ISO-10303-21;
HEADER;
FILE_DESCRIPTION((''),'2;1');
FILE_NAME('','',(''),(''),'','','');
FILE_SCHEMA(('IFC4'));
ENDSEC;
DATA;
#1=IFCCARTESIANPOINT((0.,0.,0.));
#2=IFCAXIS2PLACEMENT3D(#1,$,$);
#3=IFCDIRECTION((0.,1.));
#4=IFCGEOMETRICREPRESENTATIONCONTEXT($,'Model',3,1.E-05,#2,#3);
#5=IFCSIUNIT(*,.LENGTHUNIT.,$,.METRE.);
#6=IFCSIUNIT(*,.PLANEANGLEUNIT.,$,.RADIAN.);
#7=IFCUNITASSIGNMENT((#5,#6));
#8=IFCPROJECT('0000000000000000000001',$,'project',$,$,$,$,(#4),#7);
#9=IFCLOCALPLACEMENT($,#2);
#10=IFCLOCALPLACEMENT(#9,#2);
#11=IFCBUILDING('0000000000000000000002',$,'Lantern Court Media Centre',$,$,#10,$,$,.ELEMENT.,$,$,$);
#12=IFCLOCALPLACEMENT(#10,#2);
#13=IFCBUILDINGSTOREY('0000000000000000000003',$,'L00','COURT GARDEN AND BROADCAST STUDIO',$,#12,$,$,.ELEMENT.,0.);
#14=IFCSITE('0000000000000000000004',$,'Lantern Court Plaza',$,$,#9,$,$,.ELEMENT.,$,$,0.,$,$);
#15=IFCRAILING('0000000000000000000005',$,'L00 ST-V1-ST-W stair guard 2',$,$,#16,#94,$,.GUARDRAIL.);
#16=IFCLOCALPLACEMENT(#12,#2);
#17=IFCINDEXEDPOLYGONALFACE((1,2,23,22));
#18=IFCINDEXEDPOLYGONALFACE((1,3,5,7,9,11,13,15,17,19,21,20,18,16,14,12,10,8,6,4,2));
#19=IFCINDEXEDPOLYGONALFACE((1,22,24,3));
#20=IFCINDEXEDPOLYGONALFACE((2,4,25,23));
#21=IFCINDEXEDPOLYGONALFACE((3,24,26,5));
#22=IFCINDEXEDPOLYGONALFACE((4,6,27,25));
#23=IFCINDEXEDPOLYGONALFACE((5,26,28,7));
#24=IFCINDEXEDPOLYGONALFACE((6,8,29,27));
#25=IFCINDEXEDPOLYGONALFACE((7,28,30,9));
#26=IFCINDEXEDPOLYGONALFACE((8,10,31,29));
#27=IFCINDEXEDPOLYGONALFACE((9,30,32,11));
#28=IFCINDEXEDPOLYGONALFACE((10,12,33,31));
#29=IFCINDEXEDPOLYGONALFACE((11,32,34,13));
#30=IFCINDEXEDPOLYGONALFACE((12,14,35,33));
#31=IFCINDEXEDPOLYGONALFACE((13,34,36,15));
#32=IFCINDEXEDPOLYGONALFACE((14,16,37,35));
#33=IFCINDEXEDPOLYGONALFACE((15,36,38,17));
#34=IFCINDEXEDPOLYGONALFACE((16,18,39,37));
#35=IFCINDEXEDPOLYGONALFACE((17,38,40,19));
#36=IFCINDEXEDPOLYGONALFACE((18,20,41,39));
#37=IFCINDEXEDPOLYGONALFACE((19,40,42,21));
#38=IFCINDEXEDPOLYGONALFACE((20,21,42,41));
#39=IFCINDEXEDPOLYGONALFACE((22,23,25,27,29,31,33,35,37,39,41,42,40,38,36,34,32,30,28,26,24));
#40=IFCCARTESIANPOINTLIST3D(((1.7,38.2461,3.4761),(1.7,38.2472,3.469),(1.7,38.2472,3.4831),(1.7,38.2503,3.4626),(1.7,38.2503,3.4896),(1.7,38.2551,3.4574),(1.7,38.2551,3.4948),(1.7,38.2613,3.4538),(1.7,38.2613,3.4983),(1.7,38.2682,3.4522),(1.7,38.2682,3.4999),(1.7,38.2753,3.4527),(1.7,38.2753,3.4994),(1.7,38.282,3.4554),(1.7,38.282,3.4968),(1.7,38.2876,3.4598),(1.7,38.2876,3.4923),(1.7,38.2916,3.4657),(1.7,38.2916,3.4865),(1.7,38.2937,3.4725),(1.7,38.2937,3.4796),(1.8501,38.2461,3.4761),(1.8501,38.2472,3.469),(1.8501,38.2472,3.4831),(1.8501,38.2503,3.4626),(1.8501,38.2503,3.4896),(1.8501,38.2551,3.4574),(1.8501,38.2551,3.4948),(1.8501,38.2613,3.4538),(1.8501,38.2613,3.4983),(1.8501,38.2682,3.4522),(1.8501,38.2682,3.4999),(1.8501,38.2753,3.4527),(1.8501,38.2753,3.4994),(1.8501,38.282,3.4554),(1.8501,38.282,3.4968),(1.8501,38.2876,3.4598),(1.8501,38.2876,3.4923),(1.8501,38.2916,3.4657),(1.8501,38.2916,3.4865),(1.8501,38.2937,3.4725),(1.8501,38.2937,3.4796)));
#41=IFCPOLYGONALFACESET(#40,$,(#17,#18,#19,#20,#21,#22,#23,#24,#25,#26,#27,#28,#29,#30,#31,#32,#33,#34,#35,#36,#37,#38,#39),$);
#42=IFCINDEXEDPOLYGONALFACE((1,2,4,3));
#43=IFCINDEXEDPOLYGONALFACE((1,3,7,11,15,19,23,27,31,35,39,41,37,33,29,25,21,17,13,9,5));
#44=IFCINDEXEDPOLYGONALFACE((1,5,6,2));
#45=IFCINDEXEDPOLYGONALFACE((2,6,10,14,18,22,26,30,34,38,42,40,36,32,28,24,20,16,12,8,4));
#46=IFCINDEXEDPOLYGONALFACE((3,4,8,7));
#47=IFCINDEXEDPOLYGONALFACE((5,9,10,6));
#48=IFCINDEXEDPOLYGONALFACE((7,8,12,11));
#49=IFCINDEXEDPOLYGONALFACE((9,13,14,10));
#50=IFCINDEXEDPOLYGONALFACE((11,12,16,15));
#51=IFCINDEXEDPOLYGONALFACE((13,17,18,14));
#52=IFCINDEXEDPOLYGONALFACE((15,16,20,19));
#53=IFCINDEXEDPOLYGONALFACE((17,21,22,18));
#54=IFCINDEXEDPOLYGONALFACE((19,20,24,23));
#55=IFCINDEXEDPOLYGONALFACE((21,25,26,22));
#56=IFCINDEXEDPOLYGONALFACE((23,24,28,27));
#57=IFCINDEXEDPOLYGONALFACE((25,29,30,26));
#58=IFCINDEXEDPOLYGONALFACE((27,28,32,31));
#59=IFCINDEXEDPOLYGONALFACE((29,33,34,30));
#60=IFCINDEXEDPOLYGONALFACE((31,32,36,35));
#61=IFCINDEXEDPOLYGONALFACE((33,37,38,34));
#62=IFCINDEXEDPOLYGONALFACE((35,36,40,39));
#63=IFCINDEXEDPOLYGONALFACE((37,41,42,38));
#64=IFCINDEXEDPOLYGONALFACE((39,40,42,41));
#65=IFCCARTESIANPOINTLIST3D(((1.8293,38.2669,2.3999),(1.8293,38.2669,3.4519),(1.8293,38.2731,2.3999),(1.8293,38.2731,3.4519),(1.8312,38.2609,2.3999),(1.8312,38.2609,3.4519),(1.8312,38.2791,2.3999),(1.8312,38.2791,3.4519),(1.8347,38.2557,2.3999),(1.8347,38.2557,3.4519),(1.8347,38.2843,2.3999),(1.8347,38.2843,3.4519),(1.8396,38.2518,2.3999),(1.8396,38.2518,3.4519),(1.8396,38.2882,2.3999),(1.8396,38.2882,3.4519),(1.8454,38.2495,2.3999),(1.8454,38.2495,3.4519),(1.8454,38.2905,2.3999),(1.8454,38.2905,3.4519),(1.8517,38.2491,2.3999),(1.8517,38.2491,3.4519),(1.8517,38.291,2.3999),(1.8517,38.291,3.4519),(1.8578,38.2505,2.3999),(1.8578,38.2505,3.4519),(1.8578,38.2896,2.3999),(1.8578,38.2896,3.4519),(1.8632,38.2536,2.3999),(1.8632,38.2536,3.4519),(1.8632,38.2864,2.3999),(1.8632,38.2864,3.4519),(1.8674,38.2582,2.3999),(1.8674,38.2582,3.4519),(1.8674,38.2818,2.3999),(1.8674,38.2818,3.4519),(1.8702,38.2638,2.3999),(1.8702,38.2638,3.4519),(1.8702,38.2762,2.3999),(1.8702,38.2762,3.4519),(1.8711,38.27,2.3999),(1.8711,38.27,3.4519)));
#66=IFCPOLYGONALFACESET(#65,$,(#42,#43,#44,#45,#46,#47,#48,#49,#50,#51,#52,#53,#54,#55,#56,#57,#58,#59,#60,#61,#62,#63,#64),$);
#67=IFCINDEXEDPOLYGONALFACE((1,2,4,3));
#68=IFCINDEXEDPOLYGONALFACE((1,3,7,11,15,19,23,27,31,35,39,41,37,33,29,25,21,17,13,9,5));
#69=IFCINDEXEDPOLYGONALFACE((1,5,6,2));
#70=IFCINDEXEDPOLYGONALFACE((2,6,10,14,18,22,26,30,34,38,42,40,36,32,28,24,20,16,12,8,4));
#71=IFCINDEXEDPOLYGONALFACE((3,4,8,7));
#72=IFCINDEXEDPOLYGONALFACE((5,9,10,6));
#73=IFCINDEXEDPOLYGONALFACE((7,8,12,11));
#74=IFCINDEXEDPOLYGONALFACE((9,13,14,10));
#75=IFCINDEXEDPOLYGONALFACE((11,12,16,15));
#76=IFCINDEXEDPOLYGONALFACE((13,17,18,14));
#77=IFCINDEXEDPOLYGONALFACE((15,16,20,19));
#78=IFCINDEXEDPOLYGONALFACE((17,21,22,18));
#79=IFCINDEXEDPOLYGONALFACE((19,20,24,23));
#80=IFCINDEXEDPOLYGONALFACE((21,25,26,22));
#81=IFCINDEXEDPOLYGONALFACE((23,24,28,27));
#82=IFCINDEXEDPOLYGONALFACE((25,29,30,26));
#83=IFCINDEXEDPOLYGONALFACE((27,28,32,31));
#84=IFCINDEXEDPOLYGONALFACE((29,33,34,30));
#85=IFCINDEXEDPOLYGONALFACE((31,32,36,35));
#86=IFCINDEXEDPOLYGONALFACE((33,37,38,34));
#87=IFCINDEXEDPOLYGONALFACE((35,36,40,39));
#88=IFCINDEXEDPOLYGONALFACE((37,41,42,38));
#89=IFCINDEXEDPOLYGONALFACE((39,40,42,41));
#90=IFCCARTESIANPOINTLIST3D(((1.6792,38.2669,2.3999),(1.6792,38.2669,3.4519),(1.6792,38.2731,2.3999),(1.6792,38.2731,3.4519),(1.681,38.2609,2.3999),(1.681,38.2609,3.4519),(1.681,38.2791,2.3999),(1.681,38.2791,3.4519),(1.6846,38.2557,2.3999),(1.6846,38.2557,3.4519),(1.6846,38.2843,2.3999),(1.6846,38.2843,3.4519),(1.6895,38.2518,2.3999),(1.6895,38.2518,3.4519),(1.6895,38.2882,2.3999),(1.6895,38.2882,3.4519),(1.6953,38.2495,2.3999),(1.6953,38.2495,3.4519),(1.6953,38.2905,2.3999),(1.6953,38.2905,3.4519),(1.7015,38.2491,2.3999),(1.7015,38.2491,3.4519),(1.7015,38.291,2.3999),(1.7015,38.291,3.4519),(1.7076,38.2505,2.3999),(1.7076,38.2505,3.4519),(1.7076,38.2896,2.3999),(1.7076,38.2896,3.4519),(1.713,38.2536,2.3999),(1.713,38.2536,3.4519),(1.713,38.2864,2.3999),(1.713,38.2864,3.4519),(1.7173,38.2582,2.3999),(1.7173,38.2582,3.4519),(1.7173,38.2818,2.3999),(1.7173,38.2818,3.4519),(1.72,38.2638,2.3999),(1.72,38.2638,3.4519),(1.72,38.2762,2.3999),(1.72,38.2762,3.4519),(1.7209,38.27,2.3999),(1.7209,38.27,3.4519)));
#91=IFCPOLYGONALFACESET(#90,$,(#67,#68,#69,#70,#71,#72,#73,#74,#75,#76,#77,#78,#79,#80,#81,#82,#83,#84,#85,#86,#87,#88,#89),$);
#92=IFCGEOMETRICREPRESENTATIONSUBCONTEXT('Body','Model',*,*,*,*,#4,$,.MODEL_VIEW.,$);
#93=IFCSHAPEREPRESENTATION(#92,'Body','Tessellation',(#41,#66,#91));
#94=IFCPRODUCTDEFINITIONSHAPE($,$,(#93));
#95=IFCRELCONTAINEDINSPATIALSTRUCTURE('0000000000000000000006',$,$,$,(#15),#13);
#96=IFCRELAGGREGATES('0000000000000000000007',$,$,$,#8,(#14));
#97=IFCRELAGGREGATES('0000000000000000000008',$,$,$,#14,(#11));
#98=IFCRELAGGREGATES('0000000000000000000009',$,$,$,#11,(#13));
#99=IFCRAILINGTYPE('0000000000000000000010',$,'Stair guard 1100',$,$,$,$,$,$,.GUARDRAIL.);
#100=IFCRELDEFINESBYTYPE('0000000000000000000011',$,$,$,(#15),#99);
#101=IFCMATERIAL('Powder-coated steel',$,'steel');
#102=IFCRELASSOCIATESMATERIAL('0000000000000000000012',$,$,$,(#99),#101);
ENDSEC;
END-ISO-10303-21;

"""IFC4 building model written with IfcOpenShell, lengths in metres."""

from ifc_helpers import new_model, si_unit, direction, frame, origin, origin_2d, place, context, subcontext, project, spatial, circle, extrude, material, type_object, element, save


model = new_model("IFC4")

# Units and contexts
model_context = context("Model", 3, precision=1e-05, world=origin(), true_north=direction((0.0, 1.0)))
body_context = subcontext(model_context, "Body", "Model", "MODEL_VIEW")
ifc_project = project(units=[si_unit("LENGTHUNIT", "METRE"), si_unit("PLANEANGLEUNIT", "RADIAN")], contexts=[model_context])

# Site, building, storey
site_placement = place(None, origin())
site = spatial("IfcSite", under=ifc_project, at=site_placement, Name="Lantern Court Plaza", CompositionType="ELEMENT", RefElevation=0.0)
building_placement = place(site_placement, origin())
building = spatial("IfcBuilding", under=site, at=building_placement, Name="Lantern Court Media Centre", CompositionType="ELEMENT")
storey_placement = place(building_placement, origin())
storey = spatial("IfcBuildingStorey", under=building, at=storey_placement, Name="L00", Description="COURT GARDEN AND BROADCAST STUDIO", CompositionType="ELEMENT", Elevation=0.0)

# Railing
ifc_material_1 = material(Name="Powder-coated steel", Category="steel")
railing_type_1 = type_object("IfcRailingType", Name="Stair guard 1100", PredefinedType="GUARDRAIL", material=ifc_material_1)
railing_1_placement = place(storey_placement, frame((1.8501, 38.27, 2.3999)))
element("IfcRailing", 1, at=railing_1_placement, inside=storey, type_object=railing_type_1, Name="L00 ST-V1-ST-W stair guard 2", PredefinedType="GUARDRAIL", context=body_context, shape_type="SweptSolid", body=[
    extrude(circle(Radius=0.0239, at=origin_2d()), frame((0.0, 0.0, 1.0762), z_axis=(-1.0, 0.0, 0.0), x_axis=(0.0, -1.0, 0.0)), (0.0, 0.0, 1.0), 0.1501),
    extrude(circle(Radius=0.021, at=origin_2d()), origin(), (0.0, 0.0, 1.0), 1.052),
    extrude(circle(Radius=0.021, at=origin_2d()), frame((-0.1501, 0.0, 0.0)), (0.0, 0.0, 1.0), 1.052),
])

save(model, "model.ifc")
